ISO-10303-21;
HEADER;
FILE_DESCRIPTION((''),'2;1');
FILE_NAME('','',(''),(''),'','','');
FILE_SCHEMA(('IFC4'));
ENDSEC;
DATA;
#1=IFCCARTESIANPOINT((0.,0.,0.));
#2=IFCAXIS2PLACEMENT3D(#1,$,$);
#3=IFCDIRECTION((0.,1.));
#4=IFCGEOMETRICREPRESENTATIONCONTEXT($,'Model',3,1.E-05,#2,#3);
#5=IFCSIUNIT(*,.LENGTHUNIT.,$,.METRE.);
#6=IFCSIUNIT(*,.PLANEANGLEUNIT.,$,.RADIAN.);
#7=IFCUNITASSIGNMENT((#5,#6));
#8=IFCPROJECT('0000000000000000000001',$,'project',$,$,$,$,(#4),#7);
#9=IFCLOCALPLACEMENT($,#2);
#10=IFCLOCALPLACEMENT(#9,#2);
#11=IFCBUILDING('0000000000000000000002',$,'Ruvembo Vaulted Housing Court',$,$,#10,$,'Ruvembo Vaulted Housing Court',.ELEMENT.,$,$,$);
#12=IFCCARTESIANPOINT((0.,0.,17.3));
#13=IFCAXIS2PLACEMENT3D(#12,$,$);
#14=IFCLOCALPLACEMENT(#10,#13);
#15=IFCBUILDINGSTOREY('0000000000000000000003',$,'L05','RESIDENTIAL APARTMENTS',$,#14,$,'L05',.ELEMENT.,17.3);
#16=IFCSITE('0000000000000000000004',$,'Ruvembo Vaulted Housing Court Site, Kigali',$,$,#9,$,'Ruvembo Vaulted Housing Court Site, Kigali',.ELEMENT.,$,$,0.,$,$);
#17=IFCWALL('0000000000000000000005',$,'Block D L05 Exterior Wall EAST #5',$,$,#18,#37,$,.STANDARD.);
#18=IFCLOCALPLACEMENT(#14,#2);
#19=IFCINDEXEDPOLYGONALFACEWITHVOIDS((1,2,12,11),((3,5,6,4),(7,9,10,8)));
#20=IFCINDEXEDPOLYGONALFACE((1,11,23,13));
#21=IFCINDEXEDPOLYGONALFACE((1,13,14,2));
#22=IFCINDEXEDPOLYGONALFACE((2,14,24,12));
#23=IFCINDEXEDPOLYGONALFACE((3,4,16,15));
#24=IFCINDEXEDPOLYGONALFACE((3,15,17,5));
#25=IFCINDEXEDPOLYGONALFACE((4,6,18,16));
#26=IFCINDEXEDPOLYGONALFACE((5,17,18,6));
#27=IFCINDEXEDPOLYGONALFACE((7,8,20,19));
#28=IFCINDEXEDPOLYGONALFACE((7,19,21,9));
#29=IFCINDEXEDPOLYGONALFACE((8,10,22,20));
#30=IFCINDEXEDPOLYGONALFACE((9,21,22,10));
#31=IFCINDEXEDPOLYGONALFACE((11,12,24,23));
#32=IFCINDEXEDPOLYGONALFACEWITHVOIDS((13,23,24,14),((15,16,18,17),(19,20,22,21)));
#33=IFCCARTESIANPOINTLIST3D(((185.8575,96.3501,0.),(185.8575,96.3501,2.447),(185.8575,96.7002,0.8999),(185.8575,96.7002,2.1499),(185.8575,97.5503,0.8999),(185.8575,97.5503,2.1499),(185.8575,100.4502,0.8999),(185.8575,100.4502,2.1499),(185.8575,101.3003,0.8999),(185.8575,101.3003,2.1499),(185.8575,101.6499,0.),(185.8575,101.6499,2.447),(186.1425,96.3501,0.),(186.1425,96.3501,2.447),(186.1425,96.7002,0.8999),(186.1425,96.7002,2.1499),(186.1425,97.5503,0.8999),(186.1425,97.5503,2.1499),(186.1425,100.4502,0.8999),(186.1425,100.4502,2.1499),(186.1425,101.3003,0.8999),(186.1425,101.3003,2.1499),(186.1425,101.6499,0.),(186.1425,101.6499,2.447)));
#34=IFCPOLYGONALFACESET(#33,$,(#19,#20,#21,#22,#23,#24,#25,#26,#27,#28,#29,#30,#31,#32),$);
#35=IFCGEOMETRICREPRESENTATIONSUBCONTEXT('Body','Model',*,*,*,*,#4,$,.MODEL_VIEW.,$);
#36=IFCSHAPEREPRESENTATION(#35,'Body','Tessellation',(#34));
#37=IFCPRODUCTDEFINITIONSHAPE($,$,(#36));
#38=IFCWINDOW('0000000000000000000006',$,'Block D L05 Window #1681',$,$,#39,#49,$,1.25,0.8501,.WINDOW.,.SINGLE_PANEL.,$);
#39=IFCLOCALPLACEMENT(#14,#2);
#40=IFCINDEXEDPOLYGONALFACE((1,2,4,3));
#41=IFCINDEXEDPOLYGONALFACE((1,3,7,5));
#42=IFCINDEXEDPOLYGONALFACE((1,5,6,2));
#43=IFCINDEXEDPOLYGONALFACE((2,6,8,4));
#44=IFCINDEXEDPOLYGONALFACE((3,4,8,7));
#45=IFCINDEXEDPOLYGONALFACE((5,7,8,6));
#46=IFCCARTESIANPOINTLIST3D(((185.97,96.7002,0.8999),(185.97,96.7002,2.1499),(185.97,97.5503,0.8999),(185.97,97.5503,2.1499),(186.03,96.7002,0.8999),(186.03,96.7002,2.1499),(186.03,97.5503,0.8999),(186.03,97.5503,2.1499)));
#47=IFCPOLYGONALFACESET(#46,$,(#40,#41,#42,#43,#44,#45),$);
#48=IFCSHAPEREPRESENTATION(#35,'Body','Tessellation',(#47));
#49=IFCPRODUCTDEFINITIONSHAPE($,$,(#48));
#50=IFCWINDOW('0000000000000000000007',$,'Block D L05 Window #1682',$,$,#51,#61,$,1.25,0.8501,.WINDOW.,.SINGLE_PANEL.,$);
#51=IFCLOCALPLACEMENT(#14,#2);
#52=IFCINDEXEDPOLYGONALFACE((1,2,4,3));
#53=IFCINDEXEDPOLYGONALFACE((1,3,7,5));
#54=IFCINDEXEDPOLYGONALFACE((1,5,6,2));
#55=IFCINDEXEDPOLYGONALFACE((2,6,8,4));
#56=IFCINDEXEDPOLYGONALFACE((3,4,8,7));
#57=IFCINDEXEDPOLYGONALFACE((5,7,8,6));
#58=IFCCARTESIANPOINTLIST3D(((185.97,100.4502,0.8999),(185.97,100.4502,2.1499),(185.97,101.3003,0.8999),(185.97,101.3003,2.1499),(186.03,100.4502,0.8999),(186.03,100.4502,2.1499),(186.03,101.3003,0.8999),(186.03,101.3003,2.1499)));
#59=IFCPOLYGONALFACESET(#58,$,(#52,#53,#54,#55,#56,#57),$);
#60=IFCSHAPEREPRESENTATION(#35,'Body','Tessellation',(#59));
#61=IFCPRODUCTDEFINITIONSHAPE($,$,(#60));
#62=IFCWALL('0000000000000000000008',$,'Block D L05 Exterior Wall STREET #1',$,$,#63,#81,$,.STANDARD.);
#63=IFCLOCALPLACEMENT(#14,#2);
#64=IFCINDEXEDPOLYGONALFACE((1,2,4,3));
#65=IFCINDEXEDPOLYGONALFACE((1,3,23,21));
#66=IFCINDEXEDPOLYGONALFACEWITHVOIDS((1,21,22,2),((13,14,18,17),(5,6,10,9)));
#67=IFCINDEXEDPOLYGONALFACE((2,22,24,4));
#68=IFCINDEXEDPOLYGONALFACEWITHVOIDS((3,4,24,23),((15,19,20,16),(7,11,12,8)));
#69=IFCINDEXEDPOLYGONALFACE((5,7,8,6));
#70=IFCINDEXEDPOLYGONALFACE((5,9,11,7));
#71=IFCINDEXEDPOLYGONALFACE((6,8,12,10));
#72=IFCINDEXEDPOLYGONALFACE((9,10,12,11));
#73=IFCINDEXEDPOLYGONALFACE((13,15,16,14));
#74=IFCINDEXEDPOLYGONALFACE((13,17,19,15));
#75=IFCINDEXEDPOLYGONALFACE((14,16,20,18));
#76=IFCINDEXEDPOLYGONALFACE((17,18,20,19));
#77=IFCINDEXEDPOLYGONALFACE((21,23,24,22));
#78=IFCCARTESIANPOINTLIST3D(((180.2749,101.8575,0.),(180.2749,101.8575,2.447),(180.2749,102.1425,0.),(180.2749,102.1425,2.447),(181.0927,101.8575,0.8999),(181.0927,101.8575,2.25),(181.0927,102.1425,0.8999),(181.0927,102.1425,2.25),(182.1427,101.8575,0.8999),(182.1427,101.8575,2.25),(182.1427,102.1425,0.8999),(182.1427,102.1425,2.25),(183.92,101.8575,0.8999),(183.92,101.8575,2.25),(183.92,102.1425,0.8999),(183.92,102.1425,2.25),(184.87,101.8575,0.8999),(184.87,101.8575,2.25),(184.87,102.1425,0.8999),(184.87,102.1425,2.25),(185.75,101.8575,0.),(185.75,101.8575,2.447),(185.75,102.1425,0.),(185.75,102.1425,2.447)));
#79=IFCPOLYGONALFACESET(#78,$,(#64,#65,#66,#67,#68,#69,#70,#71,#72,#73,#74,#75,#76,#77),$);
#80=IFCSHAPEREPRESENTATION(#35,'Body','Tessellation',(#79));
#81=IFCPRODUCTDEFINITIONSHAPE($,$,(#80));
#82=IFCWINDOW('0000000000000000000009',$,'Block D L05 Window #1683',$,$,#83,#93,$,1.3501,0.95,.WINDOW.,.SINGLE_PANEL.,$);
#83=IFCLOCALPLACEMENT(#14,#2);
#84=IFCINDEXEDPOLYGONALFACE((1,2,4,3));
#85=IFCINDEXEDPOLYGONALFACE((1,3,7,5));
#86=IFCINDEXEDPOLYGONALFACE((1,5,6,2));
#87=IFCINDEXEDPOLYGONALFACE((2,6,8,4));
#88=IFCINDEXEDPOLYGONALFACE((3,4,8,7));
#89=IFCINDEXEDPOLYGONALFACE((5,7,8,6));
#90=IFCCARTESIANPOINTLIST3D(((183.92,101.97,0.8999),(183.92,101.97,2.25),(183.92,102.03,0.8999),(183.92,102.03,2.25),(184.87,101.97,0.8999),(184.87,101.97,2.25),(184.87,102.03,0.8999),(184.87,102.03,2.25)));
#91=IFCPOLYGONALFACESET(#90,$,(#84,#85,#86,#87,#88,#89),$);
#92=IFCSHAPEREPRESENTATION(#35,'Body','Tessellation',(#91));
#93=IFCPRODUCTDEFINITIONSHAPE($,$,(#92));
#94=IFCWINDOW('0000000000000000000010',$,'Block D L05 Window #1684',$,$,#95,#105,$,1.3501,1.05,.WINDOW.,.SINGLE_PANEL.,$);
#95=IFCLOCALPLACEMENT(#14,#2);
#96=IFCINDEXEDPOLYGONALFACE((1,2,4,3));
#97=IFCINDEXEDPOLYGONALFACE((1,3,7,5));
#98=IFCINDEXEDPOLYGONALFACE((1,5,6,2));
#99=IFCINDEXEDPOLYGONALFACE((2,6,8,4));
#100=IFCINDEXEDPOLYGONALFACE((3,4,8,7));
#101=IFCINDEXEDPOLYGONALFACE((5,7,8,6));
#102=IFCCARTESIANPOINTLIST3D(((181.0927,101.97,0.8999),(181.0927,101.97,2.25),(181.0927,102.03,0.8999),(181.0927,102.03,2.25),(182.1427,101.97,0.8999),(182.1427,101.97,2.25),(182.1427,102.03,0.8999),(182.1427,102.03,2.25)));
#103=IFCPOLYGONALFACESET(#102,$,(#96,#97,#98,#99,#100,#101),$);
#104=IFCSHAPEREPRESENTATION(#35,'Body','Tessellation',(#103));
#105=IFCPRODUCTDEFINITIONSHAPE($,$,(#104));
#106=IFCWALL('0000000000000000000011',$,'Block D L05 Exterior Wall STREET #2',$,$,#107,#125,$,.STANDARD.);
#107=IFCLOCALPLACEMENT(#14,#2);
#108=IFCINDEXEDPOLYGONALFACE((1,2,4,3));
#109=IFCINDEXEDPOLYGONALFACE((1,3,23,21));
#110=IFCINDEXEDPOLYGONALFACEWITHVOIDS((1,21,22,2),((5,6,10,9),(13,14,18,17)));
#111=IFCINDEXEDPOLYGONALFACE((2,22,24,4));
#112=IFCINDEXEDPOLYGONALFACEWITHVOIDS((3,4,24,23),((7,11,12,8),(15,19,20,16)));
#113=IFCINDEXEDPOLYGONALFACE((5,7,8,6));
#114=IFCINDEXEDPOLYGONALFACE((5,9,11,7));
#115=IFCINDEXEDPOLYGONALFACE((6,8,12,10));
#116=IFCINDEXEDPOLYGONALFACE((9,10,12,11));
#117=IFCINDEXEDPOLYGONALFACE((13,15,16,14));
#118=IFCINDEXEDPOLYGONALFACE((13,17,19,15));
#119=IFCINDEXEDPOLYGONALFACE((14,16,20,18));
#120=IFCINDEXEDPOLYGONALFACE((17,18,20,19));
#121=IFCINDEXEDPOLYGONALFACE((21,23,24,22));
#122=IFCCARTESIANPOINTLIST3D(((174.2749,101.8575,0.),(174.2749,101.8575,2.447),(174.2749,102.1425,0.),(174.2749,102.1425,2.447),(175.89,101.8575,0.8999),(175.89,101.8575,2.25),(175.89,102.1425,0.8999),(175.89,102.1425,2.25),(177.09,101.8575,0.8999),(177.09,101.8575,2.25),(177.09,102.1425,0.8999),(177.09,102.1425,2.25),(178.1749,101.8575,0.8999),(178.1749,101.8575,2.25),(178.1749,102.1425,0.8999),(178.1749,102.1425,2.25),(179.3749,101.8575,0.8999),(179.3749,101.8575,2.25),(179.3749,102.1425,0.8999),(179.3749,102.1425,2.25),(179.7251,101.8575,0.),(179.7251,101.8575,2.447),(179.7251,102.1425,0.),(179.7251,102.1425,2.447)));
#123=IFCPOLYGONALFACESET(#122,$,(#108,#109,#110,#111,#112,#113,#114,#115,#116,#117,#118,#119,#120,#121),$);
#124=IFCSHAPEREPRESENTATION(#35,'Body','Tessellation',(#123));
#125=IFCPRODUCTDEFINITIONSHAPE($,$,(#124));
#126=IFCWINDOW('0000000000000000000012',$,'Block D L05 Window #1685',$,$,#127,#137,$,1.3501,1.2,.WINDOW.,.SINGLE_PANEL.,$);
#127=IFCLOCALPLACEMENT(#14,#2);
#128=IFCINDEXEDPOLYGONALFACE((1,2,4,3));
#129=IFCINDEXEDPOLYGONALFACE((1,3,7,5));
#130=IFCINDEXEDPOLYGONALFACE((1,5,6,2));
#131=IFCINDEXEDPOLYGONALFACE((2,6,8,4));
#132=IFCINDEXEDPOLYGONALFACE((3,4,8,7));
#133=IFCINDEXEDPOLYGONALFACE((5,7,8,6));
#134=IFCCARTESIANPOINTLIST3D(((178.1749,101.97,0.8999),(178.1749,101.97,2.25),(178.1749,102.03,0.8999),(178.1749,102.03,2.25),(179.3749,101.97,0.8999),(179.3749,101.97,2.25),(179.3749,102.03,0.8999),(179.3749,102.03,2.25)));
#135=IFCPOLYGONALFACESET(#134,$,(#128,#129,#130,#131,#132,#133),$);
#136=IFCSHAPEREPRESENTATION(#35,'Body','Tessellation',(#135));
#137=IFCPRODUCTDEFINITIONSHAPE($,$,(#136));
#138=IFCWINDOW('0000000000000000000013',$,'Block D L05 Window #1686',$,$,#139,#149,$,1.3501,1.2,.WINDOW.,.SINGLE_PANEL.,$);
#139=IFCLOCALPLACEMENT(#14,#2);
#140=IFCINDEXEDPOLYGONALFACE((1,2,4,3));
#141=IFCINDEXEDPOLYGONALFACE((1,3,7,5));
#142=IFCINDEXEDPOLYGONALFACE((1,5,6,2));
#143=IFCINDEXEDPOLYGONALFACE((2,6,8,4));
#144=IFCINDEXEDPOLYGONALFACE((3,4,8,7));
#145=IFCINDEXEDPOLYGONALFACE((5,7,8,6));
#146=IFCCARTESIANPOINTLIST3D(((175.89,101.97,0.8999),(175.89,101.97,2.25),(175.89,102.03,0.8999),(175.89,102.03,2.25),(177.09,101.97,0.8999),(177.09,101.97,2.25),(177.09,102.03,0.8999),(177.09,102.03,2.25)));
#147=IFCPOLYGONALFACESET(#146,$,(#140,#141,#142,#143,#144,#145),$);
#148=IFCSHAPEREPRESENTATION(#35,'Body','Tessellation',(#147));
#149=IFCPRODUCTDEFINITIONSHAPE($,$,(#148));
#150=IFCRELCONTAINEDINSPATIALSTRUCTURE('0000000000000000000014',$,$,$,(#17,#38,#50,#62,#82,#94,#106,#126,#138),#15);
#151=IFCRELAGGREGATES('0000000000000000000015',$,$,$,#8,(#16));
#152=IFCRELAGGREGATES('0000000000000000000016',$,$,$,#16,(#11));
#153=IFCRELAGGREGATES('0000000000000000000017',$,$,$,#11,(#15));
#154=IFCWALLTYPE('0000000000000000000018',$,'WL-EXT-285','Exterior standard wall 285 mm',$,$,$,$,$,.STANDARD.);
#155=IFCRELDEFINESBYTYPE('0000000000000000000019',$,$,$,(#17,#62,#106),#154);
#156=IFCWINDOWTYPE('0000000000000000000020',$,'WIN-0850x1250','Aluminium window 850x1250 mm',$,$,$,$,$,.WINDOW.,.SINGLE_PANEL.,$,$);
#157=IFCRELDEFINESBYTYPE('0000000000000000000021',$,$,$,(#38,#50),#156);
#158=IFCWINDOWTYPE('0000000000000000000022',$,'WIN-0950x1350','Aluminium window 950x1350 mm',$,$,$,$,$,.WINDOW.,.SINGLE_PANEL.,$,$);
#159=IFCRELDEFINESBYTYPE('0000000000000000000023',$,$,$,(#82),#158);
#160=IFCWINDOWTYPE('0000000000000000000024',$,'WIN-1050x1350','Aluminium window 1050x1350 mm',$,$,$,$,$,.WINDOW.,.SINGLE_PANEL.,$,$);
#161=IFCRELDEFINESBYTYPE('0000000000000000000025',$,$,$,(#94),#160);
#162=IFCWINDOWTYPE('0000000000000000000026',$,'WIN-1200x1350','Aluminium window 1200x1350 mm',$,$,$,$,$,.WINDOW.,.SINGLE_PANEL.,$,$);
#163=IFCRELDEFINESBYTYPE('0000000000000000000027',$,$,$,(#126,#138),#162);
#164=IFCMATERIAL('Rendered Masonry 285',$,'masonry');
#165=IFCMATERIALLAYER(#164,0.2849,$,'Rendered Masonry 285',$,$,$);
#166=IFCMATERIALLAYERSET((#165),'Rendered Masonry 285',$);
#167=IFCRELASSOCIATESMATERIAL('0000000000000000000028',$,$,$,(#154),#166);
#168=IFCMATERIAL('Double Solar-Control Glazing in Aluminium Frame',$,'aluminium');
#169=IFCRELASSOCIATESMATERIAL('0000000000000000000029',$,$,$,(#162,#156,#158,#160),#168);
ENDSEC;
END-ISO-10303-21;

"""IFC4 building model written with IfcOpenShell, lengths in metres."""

from ifc_helpers import new_model, si_unit, direction, frame, frame_2d, origin, place, context, subcontext, project, spatial, rectangle, extrude, material, layer, layer_set, type_object, element, fill, save


model = new_model("IFC4")

# Units and contexts
model_context = context("Model", 3, precision=1e-05, world=origin(), true_north=direction((0.0, 1.0)))
body_context = subcontext(model_context, "Body", "Model", "MODEL_VIEW")
ifc_project = project(units=[si_unit("LENGTHUNIT", "METRE"), si_unit("PLANEANGLEUNIT", "RADIAN")], contexts=[model_context])

# Site, building, storey
site_placement = place(None, origin())
site = spatial("IfcSite", under=ifc_project, at=site_placement, Name="Ruvembo Vaulted Housing Court Site, Kigali", LongName="Ruvembo Vaulted Housing Court Site, Kigali", CompositionType="ELEMENT", RefElevation=0.0)
building_placement = place(site_placement, origin())
building = spatial("IfcBuilding", under=site, at=building_placement, Name="Ruvembo Vaulted Housing Court", LongName="Ruvembo Vaulted Housing Court", CompositionType="ELEMENT")
storey_placement = place(building_placement, frame((0.0, 0.0, 17.3)))
storey = spatial("IfcBuildingStorey", under=building, at=storey_placement, Name="L05", Description="RESIDENTIAL APARTMENTS", LongName="L05", CompositionType="ELEMENT", Elevation=17.3)

# Walls, openings, windows
ifc_material_1 = material(Name="Rendered Masonry 285", Category="masonry")
ifc_layer_1 = layer(ifc_material_1, 0.2849, Name="Rendered Masonry 285")
ifc_layer_set_1 = layer_set([ifc_layer_1], Name="Rendered Masonry 285")
wall_type_1 = type_object("IfcWallType", Name="WL-EXT-285", Description="Exterior standard wall 285 mm", PredefinedType="STANDARD", material=ifc_layer_set_1)
ifc_material_2 = material(Name="Double Solar-Control Glazing in Aluminium Frame", Category="aluminium")
window_type_1 = type_object("IfcWindowType", Name="WIN-1200x1350", Description="Aluminium window 1200x1350 mm", PartitioningType="SINGLE_PANEL", PredefinedType="WINDOW", material=ifc_material_2)
wall_1_placement = place(storey_placement, frame((186.0, 96.3501, 0.0), z_axis=(0.0, 0.0, 1.0), x_axis=(0.0, 1.0, 0.0)))
wall_1 = element("IfcWall", 1, at=wall_1_placement, inside=storey, type_object=wall_type_1, Name="Block D L05 Exterior Wall EAST #5", PredefinedType="STANDARD", context=body_context, shape_type="SweptSolid", body=[
    extrude(rectangle(XDim=5.2998, YDim=0.2849, at=frame_2d((2.6499, 0.0))), origin(), (0.0, 0.0, 1.0), 2.447),
])
opening_1_placement = place(wall_1_placement, frame((0.3501, 0.0, 0.8999)))
opening_1 = element("IfcOpeningElement", 2, at=opening_1_placement, cuts=wall_1, PredefinedType="OPENING", context=body_context, shape_type="SweptSolid", body=[
    extrude(rectangle(XDim=0.8501, YDim=1.25, at=frame_2d((0.425, 0.625))), frame((0.0, 0.1523, 0.0), z_axis=(0.0, -1.0, 0.0), x_axis=(1.0, 0.0, 0.0)), (0.0, 0.0, 1.0), 0.3049),
])
opening_2_placement = place(wall_1_placement, frame((4.1001, 0.0, 0.8999)))
opening_2 = element("IfcOpeningElement", 3, at=opening_2_placement, cuts=wall_1, PredefinedType="OPENING", context=body_context, shape_type="SweptSolid", body=[
    extrude(rectangle(XDim=0.8501, YDim=1.25, at=frame_2d((0.425, 0.625))), frame((0.0, 0.1523, 0.0), z_axis=(0.0, -1.0, 0.0), x_axis=(1.0, 0.0, 0.0)), (0.0, 0.0, 1.0), 0.3049),
])
window_type_2 = type_object("IfcWindowType", Name="WIN-0850x1250", Description="Aluminium window 850x1250 mm", PartitioningType="SINGLE_PANEL", PredefinedType="WINDOW", material=ifc_material_2)
window_1_placement = place(opening_1_placement, origin())
window_1 = element("IfcWindow", 4, at=window_1_placement, inside=storey, type_object=window_type_2, Name="Block D L05 Window #1681", OverallHeight=1.25, OverallWidth=0.8501, PartitioningType="SINGLE_PANEL", PredefinedType="WINDOW", context=body_context, shape_type="SweptSolid", body=[
    extrude(rectangle(XDim=0.8501, YDim=1.25, at=frame_2d((0.425, 0.625))), frame((0.0, 0.03, 0.0), z_axis=(0.0, -1.0, 0.0), x_axis=(1.0, 0.0, 0.0)), (0.0, 0.0, 1.0), 0.0601),
])
fill(opening_1, window_1)
window_2_placement = place(opening_2_placement, origin())
window_2 = element("IfcWindow", 5, at=window_2_placement, inside=storey, type_object=window_type_2, Name="Block D L05 Window #1682", OverallHeight=1.25, OverallWidth=0.8501, PartitioningType="SINGLE_PANEL", PredefinedType="WINDOW", context=body_context, shape_type="SweptSolid", body=[
    extrude(rectangle(XDim=0.8501, YDim=1.25, at=frame_2d((0.425, 0.625))), frame((0.0, 0.03, 0.0), z_axis=(0.0, -1.0, 0.0), x_axis=(1.0, 0.0, 0.0)), (0.0, 0.0, 1.0), 0.0601),
])
fill(opening_2, window_2)
wall_2_placement = place(storey_placement, frame((185.75, 102.0, 0.0), z_axis=(0.0, 0.0, 1.0), x_axis=(-1.0, 0.0, 0.0)))
wall_2 = element("IfcWall", 6, at=wall_2_placement, inside=storey, type_object=wall_type_1, Name="Block D L05 Exterior Wall STREET #1", PredefinedType="STANDARD", context=body_context, shape_type="SweptSolid", body=[
    extrude(rectangle(XDim=5.4751, YDim=0.2849, at=frame_2d((2.7375, 0.0))), origin(), (0.0, 0.0, 1.0), 2.447),
])
opening_3_placement = place(wall_2_placement, frame((0.8799, 0.0, 0.8999)))
opening_3 = element("IfcOpeningElement", 7, at=opening_3_placement, cuts=wall_2, PredefinedType="OPENING", context=body_context, shape_type="SweptSolid", body=[
    extrude(rectangle(XDim=0.95, YDim=1.3501, at=frame_2d((0.4751, 0.675))), frame((0.0, 0.1523, 0.0), z_axis=(0.0, -1.0, 0.0), x_axis=(1.0, 0.0, 0.0)), (0.0, 0.0, 1.0), 0.3049),
])
opening_4_placement = place(wall_2_placement, frame((3.6074, 0.0, 0.8999)))
opening_4 = element("IfcOpeningElement", 8, at=opening_4_placement, cuts=wall_2, PredefinedType="OPENING", context=body_context, shape_type="SweptSolid", body=[
    extrude(rectangle(XDim=1.05, YDim=1.3501, at=frame_2d((0.5249, 0.675))), frame((0.0, 0.1523, 0.0), z_axis=(0.0, -1.0, 0.0), x_axis=(1.0, 0.0, 0.0)), (0.0, 0.0, 1.0), 0.3049),
])
window_type_3 = type_object("IfcWindowType", Name="WIN-0950x1350", Description="Aluminium window 950x1350 mm", PartitioningType="SINGLE_PANEL", PredefinedType="WINDOW", material=ifc_material_2)
window_3_placement = place(opening_3_placement, origin())
window_3 = element("IfcWindow", 9, at=window_3_placement, inside=storey, type_object=window_type_3, Name="Block D L05 Window #1683", OverallHeight=1.3501, OverallWidth=0.95, PartitioningType="SINGLE_PANEL", PredefinedType="WINDOW", context=body_context, shape_type="SweptSolid", body=[
    extrude(rectangle(XDim=0.95, YDim=1.3501, at=frame_2d((0.4751, 0.675))), frame((0.0, 0.03, 0.0), z_axis=(0.0, -1.0, 0.0), x_axis=(1.0, 0.0, 0.0)), (0.0, 0.0, 1.0), 0.0601),
])
fill(opening_3, window_3)
window_type_4 = type_object("IfcWindowType", Name="WIN-1050x1350", Description="Aluminium window 1050x1350 mm", PartitioningType="SINGLE_PANEL", PredefinedType="WINDOW", material=ifc_material_2)
window_4_placement = place(opening_4_placement, origin())
window_4 = element("IfcWindow", 10, at=window_4_placement, inside=storey, type_object=window_type_4, Name="Block D L05 Window #1684", OverallHeight=1.3501, OverallWidth=1.05, PartitioningType="SINGLE_PANEL", PredefinedType="WINDOW", context=body_context, shape_type="SweptSolid", body=[
    extrude(rectangle(XDim=1.05, YDim=1.3501, at=frame_2d((0.5249, 0.675))), frame((0.0, 0.03, 0.0), z_axis=(0.0, -1.0, 0.0), x_axis=(1.0, 0.0, 0.0)), (0.0, 0.0, 1.0), 0.0601),
])
fill(opening_4, window_4)
wall_3_placement = place(storey_placement, frame((179.7251, 102.0, 0.0), z_axis=(0.0, 0.0, 1.0), x_axis=(-1.0, 0.0, 0.0)))
wall_3 = element("IfcWall", 11, at=wall_3_placement, inside=storey, type_object=wall_type_1, Name="Block D L05 Exterior Wall STREET #2", PredefinedType="STANDARD", context=body_context, shape_type="SweptSolid", body=[
    extrude(rectangle(XDim=5.4502, YDim=0.2849, at=frame_2d((2.7251, 0.0))), origin(), (0.0, 0.0, 1.0), 2.447),
])
opening_5_placement = place(wall_3_placement, frame((0.3501, 0.0, 0.8999)))
opening_5 = element("IfcOpeningElement", 12, at=opening_5_placement, cuts=wall_3, PredefinedType="OPENING", context=body_context, shape_type="SweptSolid", body=[
    extrude(rectangle(XDim=1.2, YDim=1.3501, at=frame_2d((0.6001, 0.675))), frame((0.0, 0.1523, 0.0), z_axis=(0.0, -1.0, 0.0), x_axis=(1.0, 0.0, 0.0)), (0.0, 0.0, 1.0), 0.3049),
])
opening_6_placement = place(wall_3_placement, frame((2.635, 0.0, 0.8999)))
opening_6 = element("IfcOpeningElement", 13, at=opening_6_placement, cuts=wall_3, PredefinedType="OPENING", context=body_context, shape_type="SweptSolid", body=[
    extrude(rectangle(XDim=1.2, YDim=1.3501, at=frame_2d((0.6001, 0.675))), frame((0.0, 0.1523, 0.0), z_axis=(0.0, -1.0, 0.0), x_axis=(1.0, 0.0, 0.0)), (0.0, 0.0, 1.0), 0.3049),
])
window_5_placement = place(opening_5_placement, origin())
window_5 = element("IfcWindow", 14, at=window_5_placement, inside=storey, type_object=window_type_1, Name="Block D L05 Window #1685", OverallHeight=1.3501, OverallWidth=1.2, PartitioningType="SINGLE_PANEL", PredefinedType="WINDOW", context=body_context, shape_type="SweptSolid", body=[
    extrude(rectangle(XDim=1.2, YDim=1.3501, at=frame_2d((0.6001, 0.675))), frame((0.0, 0.03, 0.0), z_axis=(0.0, -1.0, 0.0), x_axis=(1.0, 0.0, 0.0)), (0.0, 0.0, 1.0), 0.0601),
])
fill(opening_5, window_5)
window_6_placement = place(opening_6_placement, origin())
window_6 = element("IfcWindow", 15, at=window_6_placement, inside=storey, type_object=window_type_1, Name="Block D L05 Window #1686", OverallHeight=1.3501, OverallWidth=1.2, PartitioningType="SINGLE_PANEL", PredefinedType="WINDOW", context=body_context, shape_type="SweptSolid", body=[
    extrude(rectangle(XDim=1.2, YDim=1.3501, at=frame_2d((0.6001, 0.675))), frame((0.0, 0.03, 0.0), z_axis=(0.0, -1.0, 0.0), x_axis=(1.0, 0.0, 0.0)), (0.0, 0.0, 1.0), 0.0601),
])
fill(opening_6, window_6)

save(model, "model.ifc")
